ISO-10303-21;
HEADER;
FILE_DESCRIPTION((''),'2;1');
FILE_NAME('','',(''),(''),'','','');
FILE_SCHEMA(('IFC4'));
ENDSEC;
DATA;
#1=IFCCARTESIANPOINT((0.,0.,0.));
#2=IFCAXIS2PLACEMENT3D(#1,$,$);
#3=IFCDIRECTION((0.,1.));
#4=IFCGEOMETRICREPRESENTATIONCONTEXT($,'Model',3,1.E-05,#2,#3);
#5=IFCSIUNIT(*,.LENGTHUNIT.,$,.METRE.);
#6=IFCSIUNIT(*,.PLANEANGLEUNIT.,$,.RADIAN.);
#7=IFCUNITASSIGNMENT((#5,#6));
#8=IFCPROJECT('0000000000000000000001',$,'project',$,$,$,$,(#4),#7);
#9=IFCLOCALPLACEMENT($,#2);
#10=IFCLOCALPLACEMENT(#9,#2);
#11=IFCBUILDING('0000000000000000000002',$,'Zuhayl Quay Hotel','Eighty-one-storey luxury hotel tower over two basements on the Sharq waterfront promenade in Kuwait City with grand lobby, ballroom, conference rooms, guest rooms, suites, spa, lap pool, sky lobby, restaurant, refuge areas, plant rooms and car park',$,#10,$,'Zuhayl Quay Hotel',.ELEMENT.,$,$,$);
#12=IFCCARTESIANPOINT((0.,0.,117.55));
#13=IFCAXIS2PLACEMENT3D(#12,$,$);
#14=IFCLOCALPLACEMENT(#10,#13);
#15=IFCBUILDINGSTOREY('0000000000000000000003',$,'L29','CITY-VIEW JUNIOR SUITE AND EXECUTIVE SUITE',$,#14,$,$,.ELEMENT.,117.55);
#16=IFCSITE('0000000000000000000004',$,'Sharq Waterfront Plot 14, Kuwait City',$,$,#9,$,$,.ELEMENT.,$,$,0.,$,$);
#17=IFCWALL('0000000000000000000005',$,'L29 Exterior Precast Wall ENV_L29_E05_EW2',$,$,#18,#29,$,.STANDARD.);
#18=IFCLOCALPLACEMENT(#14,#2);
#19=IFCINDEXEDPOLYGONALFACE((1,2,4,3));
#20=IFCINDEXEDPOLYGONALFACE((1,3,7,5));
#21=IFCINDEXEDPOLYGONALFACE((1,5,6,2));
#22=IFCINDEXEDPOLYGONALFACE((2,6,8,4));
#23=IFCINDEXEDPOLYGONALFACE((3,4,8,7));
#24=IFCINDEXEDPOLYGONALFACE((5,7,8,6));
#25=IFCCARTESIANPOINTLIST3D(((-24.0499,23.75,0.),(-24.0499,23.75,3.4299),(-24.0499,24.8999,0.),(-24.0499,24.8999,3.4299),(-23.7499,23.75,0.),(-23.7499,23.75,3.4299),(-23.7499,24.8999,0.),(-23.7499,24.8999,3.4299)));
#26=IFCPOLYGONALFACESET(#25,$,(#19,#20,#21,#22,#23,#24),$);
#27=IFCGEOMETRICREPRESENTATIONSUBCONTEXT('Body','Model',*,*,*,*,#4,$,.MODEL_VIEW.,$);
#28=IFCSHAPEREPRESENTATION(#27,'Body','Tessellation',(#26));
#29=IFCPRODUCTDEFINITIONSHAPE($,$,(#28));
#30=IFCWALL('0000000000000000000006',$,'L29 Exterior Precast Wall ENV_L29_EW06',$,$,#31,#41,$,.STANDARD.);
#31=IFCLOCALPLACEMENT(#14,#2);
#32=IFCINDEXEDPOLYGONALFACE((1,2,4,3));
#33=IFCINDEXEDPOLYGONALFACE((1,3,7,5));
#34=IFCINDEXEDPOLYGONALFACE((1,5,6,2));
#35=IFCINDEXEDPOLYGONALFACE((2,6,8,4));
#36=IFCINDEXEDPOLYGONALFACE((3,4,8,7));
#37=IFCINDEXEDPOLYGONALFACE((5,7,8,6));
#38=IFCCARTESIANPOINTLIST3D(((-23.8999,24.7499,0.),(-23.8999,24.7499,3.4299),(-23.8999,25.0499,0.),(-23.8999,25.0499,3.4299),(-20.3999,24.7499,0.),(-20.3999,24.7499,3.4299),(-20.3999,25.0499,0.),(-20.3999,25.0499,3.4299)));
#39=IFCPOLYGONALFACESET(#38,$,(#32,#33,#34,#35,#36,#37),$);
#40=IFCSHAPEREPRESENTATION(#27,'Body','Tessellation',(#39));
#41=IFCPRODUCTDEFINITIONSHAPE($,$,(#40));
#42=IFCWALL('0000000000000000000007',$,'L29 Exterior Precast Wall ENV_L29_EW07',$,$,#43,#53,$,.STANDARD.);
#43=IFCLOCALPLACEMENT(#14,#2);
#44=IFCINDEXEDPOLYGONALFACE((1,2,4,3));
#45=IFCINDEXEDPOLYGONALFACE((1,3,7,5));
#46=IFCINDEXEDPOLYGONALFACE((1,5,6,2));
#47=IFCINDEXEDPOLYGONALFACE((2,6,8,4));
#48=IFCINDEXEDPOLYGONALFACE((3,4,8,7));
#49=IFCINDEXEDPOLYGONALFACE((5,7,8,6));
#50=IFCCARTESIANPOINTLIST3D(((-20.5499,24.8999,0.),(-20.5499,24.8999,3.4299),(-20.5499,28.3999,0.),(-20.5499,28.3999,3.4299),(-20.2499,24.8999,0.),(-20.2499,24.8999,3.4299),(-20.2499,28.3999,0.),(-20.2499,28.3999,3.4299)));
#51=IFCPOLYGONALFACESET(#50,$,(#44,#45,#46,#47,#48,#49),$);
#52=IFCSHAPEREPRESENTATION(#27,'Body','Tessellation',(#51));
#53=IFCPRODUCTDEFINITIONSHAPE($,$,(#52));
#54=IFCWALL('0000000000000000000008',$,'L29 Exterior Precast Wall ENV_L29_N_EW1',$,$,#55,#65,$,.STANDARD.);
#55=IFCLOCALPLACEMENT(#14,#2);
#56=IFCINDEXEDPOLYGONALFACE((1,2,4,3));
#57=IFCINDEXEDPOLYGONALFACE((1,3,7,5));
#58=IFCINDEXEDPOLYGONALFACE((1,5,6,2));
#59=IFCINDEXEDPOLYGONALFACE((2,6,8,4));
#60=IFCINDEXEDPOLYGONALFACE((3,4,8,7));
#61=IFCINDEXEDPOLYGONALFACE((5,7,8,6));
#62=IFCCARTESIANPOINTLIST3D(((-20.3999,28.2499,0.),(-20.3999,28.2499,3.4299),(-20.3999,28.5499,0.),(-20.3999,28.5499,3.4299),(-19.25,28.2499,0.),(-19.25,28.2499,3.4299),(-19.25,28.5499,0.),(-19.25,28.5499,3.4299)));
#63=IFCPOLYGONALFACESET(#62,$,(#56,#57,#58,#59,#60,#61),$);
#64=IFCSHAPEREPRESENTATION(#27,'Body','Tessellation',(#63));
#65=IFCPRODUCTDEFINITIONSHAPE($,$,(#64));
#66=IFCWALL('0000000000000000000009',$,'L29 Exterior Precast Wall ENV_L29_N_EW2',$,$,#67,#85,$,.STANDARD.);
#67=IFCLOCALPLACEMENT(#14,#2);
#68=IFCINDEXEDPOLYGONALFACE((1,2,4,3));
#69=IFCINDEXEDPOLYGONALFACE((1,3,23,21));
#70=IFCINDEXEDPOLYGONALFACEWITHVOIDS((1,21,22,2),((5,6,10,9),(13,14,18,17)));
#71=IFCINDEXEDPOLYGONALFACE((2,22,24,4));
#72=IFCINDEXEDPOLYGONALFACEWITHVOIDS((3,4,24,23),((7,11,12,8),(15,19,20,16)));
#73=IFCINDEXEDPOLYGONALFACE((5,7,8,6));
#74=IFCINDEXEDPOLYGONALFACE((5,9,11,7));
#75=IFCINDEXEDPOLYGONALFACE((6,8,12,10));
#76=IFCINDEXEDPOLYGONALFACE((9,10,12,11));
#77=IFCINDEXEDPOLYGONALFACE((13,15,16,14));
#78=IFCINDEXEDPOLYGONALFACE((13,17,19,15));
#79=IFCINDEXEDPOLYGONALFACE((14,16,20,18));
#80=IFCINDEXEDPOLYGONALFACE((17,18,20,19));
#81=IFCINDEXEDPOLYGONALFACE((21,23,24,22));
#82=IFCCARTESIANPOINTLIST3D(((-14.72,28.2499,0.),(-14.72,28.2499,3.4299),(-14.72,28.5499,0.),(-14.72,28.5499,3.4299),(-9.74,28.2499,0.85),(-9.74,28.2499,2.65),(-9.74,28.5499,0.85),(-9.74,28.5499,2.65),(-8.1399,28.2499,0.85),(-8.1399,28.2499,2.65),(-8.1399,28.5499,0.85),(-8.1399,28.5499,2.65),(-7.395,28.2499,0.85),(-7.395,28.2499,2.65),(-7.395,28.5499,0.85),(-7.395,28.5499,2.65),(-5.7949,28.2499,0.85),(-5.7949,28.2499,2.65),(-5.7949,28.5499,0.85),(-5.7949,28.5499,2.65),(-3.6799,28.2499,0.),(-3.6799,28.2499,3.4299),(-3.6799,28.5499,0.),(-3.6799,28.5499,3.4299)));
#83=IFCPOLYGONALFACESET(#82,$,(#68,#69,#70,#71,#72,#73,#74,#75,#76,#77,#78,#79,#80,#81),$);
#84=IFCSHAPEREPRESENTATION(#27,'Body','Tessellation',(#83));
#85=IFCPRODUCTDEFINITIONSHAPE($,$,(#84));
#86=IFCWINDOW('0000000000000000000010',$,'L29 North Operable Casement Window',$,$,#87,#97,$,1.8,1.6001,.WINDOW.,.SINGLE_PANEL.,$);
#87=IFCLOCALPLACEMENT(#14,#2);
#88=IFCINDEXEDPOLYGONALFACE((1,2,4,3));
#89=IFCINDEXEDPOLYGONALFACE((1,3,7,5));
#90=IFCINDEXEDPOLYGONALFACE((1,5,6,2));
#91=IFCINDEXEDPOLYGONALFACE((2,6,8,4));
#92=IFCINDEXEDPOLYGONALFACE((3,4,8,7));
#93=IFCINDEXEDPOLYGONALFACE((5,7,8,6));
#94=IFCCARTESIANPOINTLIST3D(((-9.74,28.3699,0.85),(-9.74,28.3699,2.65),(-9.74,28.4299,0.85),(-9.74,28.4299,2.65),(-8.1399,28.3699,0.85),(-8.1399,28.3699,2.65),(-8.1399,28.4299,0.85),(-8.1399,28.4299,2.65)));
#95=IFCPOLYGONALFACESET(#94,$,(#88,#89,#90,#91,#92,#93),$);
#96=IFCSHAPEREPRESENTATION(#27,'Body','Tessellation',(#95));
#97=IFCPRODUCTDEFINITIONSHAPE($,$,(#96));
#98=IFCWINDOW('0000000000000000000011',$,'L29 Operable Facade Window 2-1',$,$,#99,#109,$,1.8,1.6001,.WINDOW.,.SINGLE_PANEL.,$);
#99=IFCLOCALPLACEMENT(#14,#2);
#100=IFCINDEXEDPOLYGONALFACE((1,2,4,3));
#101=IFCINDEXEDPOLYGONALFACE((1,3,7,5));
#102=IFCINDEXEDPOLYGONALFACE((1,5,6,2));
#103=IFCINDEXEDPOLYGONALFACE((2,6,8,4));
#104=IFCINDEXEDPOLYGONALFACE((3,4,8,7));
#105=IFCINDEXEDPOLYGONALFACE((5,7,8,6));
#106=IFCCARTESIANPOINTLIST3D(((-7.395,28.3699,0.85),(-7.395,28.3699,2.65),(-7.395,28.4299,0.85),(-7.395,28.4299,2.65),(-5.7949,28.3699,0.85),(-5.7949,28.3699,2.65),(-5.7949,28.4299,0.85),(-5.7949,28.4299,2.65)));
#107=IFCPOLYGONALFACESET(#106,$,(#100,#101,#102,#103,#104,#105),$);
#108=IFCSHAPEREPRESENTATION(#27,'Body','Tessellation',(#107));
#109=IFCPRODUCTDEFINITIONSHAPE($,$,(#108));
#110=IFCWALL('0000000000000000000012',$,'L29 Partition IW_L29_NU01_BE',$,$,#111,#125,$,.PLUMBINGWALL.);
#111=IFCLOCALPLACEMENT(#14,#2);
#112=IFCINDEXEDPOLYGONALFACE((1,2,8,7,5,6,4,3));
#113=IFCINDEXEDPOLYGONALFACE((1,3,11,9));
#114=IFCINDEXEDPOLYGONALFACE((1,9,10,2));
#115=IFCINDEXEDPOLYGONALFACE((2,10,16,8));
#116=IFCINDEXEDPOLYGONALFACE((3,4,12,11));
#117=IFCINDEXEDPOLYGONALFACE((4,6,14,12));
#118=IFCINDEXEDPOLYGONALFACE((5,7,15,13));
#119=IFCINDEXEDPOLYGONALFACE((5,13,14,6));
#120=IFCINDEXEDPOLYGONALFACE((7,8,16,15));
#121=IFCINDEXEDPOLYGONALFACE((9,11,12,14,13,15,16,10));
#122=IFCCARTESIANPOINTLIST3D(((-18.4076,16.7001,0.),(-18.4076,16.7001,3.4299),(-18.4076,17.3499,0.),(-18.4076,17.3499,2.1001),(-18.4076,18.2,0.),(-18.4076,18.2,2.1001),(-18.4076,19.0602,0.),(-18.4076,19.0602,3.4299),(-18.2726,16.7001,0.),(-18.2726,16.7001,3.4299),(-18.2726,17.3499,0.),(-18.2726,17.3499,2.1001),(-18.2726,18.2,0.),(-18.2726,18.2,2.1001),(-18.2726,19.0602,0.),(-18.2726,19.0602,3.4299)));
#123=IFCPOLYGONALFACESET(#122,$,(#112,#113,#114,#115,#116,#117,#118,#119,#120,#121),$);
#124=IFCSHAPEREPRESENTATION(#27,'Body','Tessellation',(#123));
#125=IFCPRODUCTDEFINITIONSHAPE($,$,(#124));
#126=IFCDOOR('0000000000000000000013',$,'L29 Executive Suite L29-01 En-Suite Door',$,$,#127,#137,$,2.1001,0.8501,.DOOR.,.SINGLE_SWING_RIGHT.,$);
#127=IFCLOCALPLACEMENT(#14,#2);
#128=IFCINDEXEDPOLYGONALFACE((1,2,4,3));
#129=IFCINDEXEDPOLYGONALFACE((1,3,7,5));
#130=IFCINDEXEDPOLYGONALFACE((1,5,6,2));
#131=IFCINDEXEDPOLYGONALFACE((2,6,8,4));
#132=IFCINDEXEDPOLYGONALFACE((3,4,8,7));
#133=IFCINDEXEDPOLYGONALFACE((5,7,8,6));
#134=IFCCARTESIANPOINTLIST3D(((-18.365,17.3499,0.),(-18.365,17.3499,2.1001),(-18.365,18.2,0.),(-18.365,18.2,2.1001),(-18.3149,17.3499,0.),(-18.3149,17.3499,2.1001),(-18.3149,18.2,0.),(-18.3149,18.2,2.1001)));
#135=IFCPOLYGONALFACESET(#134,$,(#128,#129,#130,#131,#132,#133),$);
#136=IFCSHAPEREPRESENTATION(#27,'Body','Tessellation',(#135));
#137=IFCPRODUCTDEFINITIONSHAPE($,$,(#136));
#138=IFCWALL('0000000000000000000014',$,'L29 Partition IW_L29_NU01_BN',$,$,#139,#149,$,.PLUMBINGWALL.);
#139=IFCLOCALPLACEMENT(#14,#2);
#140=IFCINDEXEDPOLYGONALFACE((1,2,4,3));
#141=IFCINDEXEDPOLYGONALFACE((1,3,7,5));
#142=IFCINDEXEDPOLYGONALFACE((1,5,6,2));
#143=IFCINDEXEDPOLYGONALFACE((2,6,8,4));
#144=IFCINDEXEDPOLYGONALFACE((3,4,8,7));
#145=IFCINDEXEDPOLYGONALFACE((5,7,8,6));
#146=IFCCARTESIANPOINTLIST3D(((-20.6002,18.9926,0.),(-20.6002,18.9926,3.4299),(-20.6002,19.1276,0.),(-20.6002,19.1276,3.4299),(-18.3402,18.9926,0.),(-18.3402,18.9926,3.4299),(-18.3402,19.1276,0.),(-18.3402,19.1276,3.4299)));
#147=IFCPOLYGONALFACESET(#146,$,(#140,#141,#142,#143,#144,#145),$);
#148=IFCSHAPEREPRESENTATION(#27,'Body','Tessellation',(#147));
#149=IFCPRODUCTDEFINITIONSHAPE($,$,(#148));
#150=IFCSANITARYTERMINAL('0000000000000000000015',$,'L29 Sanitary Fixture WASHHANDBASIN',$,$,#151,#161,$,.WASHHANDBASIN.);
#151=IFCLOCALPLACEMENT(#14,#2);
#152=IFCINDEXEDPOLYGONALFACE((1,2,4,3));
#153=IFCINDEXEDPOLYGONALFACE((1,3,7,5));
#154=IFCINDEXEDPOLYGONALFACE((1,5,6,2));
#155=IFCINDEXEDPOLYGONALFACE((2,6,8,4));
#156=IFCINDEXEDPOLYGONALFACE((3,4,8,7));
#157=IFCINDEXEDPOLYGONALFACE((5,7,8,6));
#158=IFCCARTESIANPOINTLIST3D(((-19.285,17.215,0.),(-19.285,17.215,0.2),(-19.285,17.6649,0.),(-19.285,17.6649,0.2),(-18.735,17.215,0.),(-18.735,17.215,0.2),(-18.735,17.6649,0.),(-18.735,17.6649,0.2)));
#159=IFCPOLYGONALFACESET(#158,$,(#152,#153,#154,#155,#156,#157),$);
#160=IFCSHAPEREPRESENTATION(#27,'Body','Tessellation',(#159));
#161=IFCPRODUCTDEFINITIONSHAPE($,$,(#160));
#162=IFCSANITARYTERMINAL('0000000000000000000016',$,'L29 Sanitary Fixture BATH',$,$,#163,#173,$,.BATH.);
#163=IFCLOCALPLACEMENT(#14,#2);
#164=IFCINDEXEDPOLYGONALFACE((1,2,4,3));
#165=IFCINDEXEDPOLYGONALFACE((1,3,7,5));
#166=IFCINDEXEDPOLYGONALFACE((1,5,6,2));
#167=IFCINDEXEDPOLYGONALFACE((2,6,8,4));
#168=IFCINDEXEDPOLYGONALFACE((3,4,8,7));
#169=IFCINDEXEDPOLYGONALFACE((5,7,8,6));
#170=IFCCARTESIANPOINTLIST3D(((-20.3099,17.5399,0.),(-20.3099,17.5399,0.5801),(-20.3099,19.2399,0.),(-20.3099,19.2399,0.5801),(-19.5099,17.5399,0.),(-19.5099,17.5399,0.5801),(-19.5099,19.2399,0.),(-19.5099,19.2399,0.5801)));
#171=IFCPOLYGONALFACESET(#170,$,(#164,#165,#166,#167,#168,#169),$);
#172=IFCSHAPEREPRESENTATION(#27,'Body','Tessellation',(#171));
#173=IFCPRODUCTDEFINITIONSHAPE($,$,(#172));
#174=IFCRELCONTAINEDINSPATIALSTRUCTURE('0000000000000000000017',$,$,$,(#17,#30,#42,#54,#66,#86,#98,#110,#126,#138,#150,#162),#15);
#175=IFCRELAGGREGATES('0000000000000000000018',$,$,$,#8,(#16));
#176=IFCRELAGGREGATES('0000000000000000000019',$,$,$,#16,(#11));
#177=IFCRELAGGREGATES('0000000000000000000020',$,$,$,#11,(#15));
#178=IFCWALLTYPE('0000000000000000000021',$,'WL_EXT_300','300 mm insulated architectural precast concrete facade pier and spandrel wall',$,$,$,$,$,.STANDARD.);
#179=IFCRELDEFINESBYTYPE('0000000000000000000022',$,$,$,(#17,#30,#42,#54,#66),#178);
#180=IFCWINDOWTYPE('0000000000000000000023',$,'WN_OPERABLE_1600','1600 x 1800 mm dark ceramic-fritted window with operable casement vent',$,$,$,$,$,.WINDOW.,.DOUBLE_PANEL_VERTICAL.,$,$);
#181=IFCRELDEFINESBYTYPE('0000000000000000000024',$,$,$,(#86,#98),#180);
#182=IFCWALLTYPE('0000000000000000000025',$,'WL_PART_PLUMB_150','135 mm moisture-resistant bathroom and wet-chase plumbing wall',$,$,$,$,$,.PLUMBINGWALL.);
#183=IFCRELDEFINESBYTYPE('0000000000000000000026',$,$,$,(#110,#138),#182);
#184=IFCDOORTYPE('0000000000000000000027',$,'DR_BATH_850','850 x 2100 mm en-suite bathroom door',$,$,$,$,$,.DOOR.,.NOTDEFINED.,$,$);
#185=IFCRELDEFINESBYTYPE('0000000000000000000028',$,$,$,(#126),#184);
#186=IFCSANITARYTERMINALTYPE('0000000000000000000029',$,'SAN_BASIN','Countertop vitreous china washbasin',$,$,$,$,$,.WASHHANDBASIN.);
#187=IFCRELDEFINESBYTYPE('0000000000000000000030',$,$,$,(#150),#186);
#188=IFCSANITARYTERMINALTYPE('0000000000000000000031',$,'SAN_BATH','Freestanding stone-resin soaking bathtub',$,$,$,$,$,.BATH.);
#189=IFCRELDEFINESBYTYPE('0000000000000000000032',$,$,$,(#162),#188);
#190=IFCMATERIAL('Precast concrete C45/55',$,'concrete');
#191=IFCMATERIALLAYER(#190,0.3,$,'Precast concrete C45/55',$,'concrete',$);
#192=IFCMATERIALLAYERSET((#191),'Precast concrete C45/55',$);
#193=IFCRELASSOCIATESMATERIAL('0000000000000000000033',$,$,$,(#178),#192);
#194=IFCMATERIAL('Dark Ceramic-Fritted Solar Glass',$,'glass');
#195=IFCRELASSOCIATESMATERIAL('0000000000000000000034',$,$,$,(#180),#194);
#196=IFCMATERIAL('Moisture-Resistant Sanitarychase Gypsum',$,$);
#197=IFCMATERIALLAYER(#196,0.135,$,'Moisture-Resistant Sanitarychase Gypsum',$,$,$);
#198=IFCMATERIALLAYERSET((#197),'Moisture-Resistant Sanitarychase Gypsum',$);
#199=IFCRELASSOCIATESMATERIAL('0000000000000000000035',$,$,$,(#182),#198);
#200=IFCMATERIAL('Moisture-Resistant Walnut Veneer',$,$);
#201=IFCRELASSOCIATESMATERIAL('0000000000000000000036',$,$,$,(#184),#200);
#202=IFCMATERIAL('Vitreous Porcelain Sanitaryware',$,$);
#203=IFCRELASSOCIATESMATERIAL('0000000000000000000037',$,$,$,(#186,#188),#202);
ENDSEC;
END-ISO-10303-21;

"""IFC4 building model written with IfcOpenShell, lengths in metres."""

from ifc_helpers import new_model, si_unit, direction, frame, frame_2d, origin, origin_2d, place, context, subcontext, project, spatial, rectangle, extrude, material, layer, layer_set, type_object, element, fill, save


model = new_model("IFC4")

# Units and contexts
model_context = context("Model", 3, precision=1e-05, world=origin(), true_north=direction((0.0, 1.0)))
body_context = subcontext(model_context, "Body", "Model", "MODEL_VIEW")
ifc_project = project(units=[si_unit("LENGTHUNIT", "METRE"), si_unit("PLANEANGLEUNIT", "RADIAN")], contexts=[model_context])

# Site, building, storey
site_placement = place(None, origin())
site = spatial("IfcSite", under=ifc_project, at=site_placement, Name="Sharq Waterfront Plot 14, Kuwait City", CompositionType="ELEMENT", RefElevation=0.0)
building_placement = place(site_placement, origin())
building = spatial("IfcBuilding", under=site, at=building_placement, Name="Zuhayl Quay Hotel", Description="Eighty-one-storey luxury hotel tower over two basements on the Sharq waterfront promenade in Kuwait City with grand lobby, ballroom, conference rooms, guest rooms, suites, spa, lap pool, sky lobby, restaurant, refuge areas, plant rooms and car park", LongName="Zuhayl Quay Hotel", CompositionType="ELEMENT")
storey_placement = place(building_placement, frame((0.0, 0.0, 117.55)))
storey = spatial("IfcBuildingStorey", under=building, at=storey_placement, Name="L29", Description="CITY-VIEW JUNIOR SUITE AND EXECUTIVE SUITE", CompositionType="ELEMENT", Elevation=117.55)

# Shared definitions
ifc_material_1 = material(Name="Dark Ceramic-Fritted Solar Glass", Category="glass")

# Walls
ifc_material_2 = material(Name="Precast concrete C45/55", Category="concrete")
ifc_layer_1 = layer(ifc_material_2, 0.3, Name="Precast concrete C45/55", Category="concrete")
ifc_layer_set_1 = layer_set([ifc_layer_1], Name="Precast concrete C45/55")
wall_type_1 = type_object("IfcWallType", Name="WL_EXT_300", Description="300 mm insulated architectural precast concrete facade pier and spandrel wall", PredefinedType="STANDARD", material=ifc_layer_set_1)
wall_1_placement = place(storey_placement, frame((-23.8999, 23.75, 0.0), z_axis=(0.0, 0.0, 1.0), x_axis=(0.0, 1.0, 0.0)))
element("IfcWall", 1, at=wall_1_placement, inside=storey, type_object=wall_type_1, Name="L29 Exterior Precast Wall ENV_L29_E05_EW2", PredefinedType="STANDARD", context=body_context, shape_type="SweptSolid", body=[
    extrude(rectangle(XDim=1.1499, YDim=0.3, at=frame_2d((0.575, 0.0))), origin(), (0.0, 0.0, 1.0), 3.4299),
])
for number, where, z_axis, x_axis, name in (
    (2, (-23.8999, 24.8999, 0.0), (0.0, 0.0, 1.0), (1.0, 0.0, 0.0), "L29 Exterior Precast Wall ENV_L29_EW06"),
    (3, (-20.3999, 24.8999, 0.0), (0.0, 0.0, 1.0), (0.0, 1.0, 0.0), "L29 Exterior Precast Wall ENV_L29_EW07"),
):
    element("IfcWall", number, at=place(storey_placement, frame(where, z_axis=z_axis, x_axis=x_axis)), inside=storey, type_object=wall_type_1, Name=name, PredefinedType="STANDARD", context=body_context, shape_type="SweptSolid", body=[
        extrude(rectangle(XDim=3.5, YDim=0.3, at=frame_2d((1.75, 0.0))), origin(), (0.0, 0.0, 1.0), 3.4299),
    ])
wall_2_placement = place(storey_placement, frame((-20.3999, 28.3999, 0.0), z_axis=(0.0, 0.0, 1.0), x_axis=(1.0, 0.0, 0.0)))
element("IfcWall", 4, at=wall_2_placement, inside=storey, type_object=wall_type_1, Name="L29 Exterior Precast Wall ENV_L29_N_EW1", PredefinedType="STANDARD", context=body_context, shape_type="SweptSolid", body=[
    extrude(rectangle(XDim=1.1499, YDim=0.3, at=frame_2d((0.575, 0.0))), origin(), (0.0, 0.0, 1.0), 3.4299),
])

# Wall, openings, windows
wall_3_placement = place(storey_placement, frame((-14.72, 28.3999, 0.0), z_axis=(0.0, 0.0, 1.0), x_axis=(1.0, 0.0, 0.0)))
wall_3 = element("IfcWall", 5, at=wall_3_placement, inside=storey, type_object=wall_type_1, Name="L29 Exterior Precast Wall ENV_L29_N_EW2", PredefinedType="STANDARD", context=body_context, shape_type="SweptSolid", body=[
    extrude(rectangle(XDim=11.04, YDim=0.3, at=frame_2d((5.52, 0.0))), origin(), (0.0, 0.0, 1.0), 3.4299),
])
opening_1_placement = place(wall_3_placement, frame((4.98, 0.0, 0.8501)))
opening_1 = element("IfcOpeningElement", 6, at=opening_1_placement, cuts=wall_3, PredefinedType="OPENING", context=body_context, shape_type="SweptSolid", body=[
    extrude(rectangle(XDim=1.6001, YDim=1.8, at=frame_2d((0.8, 0.8999))), frame((0.0, 0.1599, 0.0), z_axis=(0.0, -1.0, 0.0), x_axis=(1.0, 0.0, 0.0)), (0.0, 0.0, 1.0), 0.3201),
])
opening_2_placement = place(wall_3_placement, frame((7.325, 0.0, 0.8501)))
opening_2 = element("IfcOpeningElement", 7, at=opening_2_placement, cuts=wall_3, PredefinedType="OPENING", context=body_context, shape_type="SweptSolid", body=[
    extrude(rectangle(XDim=1.6001, YDim=1.8, at=frame_2d((0.8, 0.8999))), frame((0.0, 0.1599, 0.0), z_axis=(0.0, -1.0, 0.0), x_axis=(1.0, 0.0, 0.0)), (0.0, 0.0, 1.0), 0.3201),
])
window_type = type_object("IfcWindowType", Name="WN_OPERABLE_1600", Description="1600 x 1800 mm dark ceramic-fritted window with operable casement vent", PartitioningType="DOUBLE_PANEL_VERTICAL", PredefinedType="WINDOW", material=ifc_material_1)
window_1_placement = place(opening_1_placement, origin())
window_1 = element("IfcWindow", 8, at=window_1_placement, inside=storey, type_object=window_type, Name="L29 North Operable Casement Window", OverallHeight=1.8, OverallWidth=1.6001, PartitioningType="SINGLE_PANEL", PredefinedType="WINDOW", context=body_context, shape_type="SweptSolid", body=[
    extrude(rectangle(XDim=1.6001, YDim=1.8, at=frame_2d((0.8, 0.8999))), frame((0.0, 0.03, 0.0), z_axis=(0.0, -1.0, 0.0), x_axis=(1.0, 0.0, 0.0)), (0.0, 0.0, 1.0), 0.0601),
])
fill(opening_1, window_1)
window_2_placement = place(opening_2_placement, origin())
window_2 = element("IfcWindow", 9, at=window_2_placement, inside=storey, type_object=window_type, Name="L29 Operable Facade Window 2-1", OverallHeight=1.8, OverallWidth=1.6001, PartitioningType="SINGLE_PANEL", PredefinedType="WINDOW", context=body_context, shape_type="SweptSolid", body=[
    extrude(rectangle(XDim=1.6001, YDim=1.8, at=frame_2d((0.8, 0.8999))), frame((0.0, 0.03, 0.0), z_axis=(0.0, -1.0, 0.0), x_axis=(1.0, 0.0, 0.0)), (0.0, 0.0, 1.0), 0.0601),
])
fill(opening_2, window_2)

# Wall, opening, door
ifc_material_3 = material(Name="Moisture-Resistant Sanitarychase Gypsum")
ifc_layer_2 = layer(ifc_material_3, 0.135, Name="Moisture-Resistant Sanitarychase Gypsum")
ifc_layer_set_2 = layer_set([ifc_layer_2], Name="Moisture-Resistant Sanitarychase Gypsum")
wall_type_2 = type_object("IfcWallType", Name="WL_PART_PLUMB_150", Description="135 mm moisture-resistant bathroom and wet-chase plumbing wall", PredefinedType="PLUMBINGWALL", material=ifc_layer_set_2)
wall_4_placement = place(storey_placement, frame((-18.3401, 16.7, 0.0), z_axis=(0.0, 0.0, 1.0), x_axis=(0.0, 1.0, 0.0)))
wall_4 = element("IfcWall", 10, at=wall_4_placement, inside=storey, type_object=wall_type_2, Name="L29 Partition IW_L29_NU01_BE", PredefinedType="PLUMBINGWALL", context=body_context, shape_type="SweptSolid", body=[
    extrude(rectangle(XDim=2.3601, YDim=0.135, at=frame_2d((1.1802, 0.0))), origin(), (0.0, 0.0, 1.0), 3.4299),
])
opening_3_placement = place(wall_4_placement, frame((0.6499, 0.0, 0.0)))
opening_3 = element("IfcOpeningElement", 11, at=opening_3_placement, cuts=wall_4, PredefinedType="OPENING", context=body_context, shape_type="SweptSolid", body=[
    extrude(rectangle(XDim=0.8501, YDim=2.1001, at=frame_2d((0.425, 1.05))), frame((0.0, 0.0774, 0.0), z_axis=(0.0, -1.0, 0.0), x_axis=(1.0, 0.0, 0.0)), (0.0, 0.0, 1.0), 0.155),
])
ifc_material_4 = material(Name="Moisture-Resistant Walnut Veneer")
door_type = type_object("IfcDoorType", Name="DR_BATH_850", Description="850 x 2100 mm en-suite bathroom door", OperationType="NOTDEFINED", PredefinedType="DOOR", material=ifc_material_4)
door_placement = place(opening_3_placement, origin())
door = element("IfcDoor", 12, at=door_placement, inside=storey, type_object=door_type, Name="L29 Executive Suite L29-01 En-Suite Door", OperationType="SINGLE_SWING_RIGHT", OverallHeight=2.1001, OverallWidth=0.8501, PredefinedType="DOOR", context=body_context, shape_type="SweptSolid", body=[
    extrude(rectangle(XDim=0.8501, YDim=2.1001, at=frame_2d((0.425, 1.05))), frame((0.0, 0.0249, 0.0), z_axis=(0.0, -1.0, 0.0), x_axis=(1.0, 0.0, 0.0)), (0.0, 0.0, 1.0), 0.05),
])
fill(opening_3, door)

# Wall
wall_5_placement = place(storey_placement, frame((-20.6001, 19.0601, 0.0), z_axis=(0.0, 0.0, 1.0), x_axis=(1.0, 0.0, 0.0)))
element("IfcWall", 13, at=wall_5_placement, inside=storey, type_object=wall_type_2, Name="L29 Partition IW_L29_NU01_BN", PredefinedType="PLUMBINGWALL", context=body_context, shape_type="SweptSolid", body=[
    extrude(rectangle(XDim=2.26, YDim=0.135, at=frame_2d((1.1299, 0.0))), origin(), (0.0, 0.0, 1.0), 3.4299),
])

# Sanitary terminals
ifc_material_5 = material(Name="Vitreous Porcelain Sanitaryware")
sanitary_terminal_type_1 = type_object("IfcSanitaryTerminalType", Name="SAN_BASIN", Description="Countertop vitreous china washbasin", PredefinedType="WASHHANDBASIN", material=ifc_material_5)
sanitary_terminal_1_placement = place(storey_placement, frame((-19.01, 17.4399, 0.0), z_axis=(0.0, 0.0, 1.0), x_axis=(1.0, 0.0, 0.0)))
element("IfcSanitaryTerminal", 14, at=sanitary_terminal_1_placement, inside=storey, type_object=sanitary_terminal_type_1, Name="L29 Sanitary Fixture WASHHANDBASIN", PredefinedType="WASHHANDBASIN", context=body_context, shape_type="SweptSolid", body=[
    extrude(rectangle(XDim=0.55, YDim=0.45, at=origin_2d()), origin(), (0.0, 0.0, 1.0), 0.2),
])
sanitary_terminal_type_2 = type_object("IfcSanitaryTerminalType", Name="SAN_BATH", Description="Freestanding stone-resin soaking bathtub", PredefinedType="BATH", material=ifc_material_5)
sanitary_terminal_2_placement = place(storey_placement, frame((-19.9099, 18.3899, 0.0), z_axis=(0.0, 0.0, 1.0), x_axis=(1.0, 0.0, 0.0)))
element("IfcSanitaryTerminal", 15, at=sanitary_terminal_2_placement, inside=storey, type_object=sanitary_terminal_type_2, Name="L29 Sanitary Fixture BATH", PredefinedType="BATH", context=body_context, shape_type="SweptSolid", body=[
    extrude(rectangle(XDim=0.8, YDim=1.7, at=origin_2d()), origin(), (0.0, 0.0, 1.0), 0.5801),
])

save(model, "model.ifc")
